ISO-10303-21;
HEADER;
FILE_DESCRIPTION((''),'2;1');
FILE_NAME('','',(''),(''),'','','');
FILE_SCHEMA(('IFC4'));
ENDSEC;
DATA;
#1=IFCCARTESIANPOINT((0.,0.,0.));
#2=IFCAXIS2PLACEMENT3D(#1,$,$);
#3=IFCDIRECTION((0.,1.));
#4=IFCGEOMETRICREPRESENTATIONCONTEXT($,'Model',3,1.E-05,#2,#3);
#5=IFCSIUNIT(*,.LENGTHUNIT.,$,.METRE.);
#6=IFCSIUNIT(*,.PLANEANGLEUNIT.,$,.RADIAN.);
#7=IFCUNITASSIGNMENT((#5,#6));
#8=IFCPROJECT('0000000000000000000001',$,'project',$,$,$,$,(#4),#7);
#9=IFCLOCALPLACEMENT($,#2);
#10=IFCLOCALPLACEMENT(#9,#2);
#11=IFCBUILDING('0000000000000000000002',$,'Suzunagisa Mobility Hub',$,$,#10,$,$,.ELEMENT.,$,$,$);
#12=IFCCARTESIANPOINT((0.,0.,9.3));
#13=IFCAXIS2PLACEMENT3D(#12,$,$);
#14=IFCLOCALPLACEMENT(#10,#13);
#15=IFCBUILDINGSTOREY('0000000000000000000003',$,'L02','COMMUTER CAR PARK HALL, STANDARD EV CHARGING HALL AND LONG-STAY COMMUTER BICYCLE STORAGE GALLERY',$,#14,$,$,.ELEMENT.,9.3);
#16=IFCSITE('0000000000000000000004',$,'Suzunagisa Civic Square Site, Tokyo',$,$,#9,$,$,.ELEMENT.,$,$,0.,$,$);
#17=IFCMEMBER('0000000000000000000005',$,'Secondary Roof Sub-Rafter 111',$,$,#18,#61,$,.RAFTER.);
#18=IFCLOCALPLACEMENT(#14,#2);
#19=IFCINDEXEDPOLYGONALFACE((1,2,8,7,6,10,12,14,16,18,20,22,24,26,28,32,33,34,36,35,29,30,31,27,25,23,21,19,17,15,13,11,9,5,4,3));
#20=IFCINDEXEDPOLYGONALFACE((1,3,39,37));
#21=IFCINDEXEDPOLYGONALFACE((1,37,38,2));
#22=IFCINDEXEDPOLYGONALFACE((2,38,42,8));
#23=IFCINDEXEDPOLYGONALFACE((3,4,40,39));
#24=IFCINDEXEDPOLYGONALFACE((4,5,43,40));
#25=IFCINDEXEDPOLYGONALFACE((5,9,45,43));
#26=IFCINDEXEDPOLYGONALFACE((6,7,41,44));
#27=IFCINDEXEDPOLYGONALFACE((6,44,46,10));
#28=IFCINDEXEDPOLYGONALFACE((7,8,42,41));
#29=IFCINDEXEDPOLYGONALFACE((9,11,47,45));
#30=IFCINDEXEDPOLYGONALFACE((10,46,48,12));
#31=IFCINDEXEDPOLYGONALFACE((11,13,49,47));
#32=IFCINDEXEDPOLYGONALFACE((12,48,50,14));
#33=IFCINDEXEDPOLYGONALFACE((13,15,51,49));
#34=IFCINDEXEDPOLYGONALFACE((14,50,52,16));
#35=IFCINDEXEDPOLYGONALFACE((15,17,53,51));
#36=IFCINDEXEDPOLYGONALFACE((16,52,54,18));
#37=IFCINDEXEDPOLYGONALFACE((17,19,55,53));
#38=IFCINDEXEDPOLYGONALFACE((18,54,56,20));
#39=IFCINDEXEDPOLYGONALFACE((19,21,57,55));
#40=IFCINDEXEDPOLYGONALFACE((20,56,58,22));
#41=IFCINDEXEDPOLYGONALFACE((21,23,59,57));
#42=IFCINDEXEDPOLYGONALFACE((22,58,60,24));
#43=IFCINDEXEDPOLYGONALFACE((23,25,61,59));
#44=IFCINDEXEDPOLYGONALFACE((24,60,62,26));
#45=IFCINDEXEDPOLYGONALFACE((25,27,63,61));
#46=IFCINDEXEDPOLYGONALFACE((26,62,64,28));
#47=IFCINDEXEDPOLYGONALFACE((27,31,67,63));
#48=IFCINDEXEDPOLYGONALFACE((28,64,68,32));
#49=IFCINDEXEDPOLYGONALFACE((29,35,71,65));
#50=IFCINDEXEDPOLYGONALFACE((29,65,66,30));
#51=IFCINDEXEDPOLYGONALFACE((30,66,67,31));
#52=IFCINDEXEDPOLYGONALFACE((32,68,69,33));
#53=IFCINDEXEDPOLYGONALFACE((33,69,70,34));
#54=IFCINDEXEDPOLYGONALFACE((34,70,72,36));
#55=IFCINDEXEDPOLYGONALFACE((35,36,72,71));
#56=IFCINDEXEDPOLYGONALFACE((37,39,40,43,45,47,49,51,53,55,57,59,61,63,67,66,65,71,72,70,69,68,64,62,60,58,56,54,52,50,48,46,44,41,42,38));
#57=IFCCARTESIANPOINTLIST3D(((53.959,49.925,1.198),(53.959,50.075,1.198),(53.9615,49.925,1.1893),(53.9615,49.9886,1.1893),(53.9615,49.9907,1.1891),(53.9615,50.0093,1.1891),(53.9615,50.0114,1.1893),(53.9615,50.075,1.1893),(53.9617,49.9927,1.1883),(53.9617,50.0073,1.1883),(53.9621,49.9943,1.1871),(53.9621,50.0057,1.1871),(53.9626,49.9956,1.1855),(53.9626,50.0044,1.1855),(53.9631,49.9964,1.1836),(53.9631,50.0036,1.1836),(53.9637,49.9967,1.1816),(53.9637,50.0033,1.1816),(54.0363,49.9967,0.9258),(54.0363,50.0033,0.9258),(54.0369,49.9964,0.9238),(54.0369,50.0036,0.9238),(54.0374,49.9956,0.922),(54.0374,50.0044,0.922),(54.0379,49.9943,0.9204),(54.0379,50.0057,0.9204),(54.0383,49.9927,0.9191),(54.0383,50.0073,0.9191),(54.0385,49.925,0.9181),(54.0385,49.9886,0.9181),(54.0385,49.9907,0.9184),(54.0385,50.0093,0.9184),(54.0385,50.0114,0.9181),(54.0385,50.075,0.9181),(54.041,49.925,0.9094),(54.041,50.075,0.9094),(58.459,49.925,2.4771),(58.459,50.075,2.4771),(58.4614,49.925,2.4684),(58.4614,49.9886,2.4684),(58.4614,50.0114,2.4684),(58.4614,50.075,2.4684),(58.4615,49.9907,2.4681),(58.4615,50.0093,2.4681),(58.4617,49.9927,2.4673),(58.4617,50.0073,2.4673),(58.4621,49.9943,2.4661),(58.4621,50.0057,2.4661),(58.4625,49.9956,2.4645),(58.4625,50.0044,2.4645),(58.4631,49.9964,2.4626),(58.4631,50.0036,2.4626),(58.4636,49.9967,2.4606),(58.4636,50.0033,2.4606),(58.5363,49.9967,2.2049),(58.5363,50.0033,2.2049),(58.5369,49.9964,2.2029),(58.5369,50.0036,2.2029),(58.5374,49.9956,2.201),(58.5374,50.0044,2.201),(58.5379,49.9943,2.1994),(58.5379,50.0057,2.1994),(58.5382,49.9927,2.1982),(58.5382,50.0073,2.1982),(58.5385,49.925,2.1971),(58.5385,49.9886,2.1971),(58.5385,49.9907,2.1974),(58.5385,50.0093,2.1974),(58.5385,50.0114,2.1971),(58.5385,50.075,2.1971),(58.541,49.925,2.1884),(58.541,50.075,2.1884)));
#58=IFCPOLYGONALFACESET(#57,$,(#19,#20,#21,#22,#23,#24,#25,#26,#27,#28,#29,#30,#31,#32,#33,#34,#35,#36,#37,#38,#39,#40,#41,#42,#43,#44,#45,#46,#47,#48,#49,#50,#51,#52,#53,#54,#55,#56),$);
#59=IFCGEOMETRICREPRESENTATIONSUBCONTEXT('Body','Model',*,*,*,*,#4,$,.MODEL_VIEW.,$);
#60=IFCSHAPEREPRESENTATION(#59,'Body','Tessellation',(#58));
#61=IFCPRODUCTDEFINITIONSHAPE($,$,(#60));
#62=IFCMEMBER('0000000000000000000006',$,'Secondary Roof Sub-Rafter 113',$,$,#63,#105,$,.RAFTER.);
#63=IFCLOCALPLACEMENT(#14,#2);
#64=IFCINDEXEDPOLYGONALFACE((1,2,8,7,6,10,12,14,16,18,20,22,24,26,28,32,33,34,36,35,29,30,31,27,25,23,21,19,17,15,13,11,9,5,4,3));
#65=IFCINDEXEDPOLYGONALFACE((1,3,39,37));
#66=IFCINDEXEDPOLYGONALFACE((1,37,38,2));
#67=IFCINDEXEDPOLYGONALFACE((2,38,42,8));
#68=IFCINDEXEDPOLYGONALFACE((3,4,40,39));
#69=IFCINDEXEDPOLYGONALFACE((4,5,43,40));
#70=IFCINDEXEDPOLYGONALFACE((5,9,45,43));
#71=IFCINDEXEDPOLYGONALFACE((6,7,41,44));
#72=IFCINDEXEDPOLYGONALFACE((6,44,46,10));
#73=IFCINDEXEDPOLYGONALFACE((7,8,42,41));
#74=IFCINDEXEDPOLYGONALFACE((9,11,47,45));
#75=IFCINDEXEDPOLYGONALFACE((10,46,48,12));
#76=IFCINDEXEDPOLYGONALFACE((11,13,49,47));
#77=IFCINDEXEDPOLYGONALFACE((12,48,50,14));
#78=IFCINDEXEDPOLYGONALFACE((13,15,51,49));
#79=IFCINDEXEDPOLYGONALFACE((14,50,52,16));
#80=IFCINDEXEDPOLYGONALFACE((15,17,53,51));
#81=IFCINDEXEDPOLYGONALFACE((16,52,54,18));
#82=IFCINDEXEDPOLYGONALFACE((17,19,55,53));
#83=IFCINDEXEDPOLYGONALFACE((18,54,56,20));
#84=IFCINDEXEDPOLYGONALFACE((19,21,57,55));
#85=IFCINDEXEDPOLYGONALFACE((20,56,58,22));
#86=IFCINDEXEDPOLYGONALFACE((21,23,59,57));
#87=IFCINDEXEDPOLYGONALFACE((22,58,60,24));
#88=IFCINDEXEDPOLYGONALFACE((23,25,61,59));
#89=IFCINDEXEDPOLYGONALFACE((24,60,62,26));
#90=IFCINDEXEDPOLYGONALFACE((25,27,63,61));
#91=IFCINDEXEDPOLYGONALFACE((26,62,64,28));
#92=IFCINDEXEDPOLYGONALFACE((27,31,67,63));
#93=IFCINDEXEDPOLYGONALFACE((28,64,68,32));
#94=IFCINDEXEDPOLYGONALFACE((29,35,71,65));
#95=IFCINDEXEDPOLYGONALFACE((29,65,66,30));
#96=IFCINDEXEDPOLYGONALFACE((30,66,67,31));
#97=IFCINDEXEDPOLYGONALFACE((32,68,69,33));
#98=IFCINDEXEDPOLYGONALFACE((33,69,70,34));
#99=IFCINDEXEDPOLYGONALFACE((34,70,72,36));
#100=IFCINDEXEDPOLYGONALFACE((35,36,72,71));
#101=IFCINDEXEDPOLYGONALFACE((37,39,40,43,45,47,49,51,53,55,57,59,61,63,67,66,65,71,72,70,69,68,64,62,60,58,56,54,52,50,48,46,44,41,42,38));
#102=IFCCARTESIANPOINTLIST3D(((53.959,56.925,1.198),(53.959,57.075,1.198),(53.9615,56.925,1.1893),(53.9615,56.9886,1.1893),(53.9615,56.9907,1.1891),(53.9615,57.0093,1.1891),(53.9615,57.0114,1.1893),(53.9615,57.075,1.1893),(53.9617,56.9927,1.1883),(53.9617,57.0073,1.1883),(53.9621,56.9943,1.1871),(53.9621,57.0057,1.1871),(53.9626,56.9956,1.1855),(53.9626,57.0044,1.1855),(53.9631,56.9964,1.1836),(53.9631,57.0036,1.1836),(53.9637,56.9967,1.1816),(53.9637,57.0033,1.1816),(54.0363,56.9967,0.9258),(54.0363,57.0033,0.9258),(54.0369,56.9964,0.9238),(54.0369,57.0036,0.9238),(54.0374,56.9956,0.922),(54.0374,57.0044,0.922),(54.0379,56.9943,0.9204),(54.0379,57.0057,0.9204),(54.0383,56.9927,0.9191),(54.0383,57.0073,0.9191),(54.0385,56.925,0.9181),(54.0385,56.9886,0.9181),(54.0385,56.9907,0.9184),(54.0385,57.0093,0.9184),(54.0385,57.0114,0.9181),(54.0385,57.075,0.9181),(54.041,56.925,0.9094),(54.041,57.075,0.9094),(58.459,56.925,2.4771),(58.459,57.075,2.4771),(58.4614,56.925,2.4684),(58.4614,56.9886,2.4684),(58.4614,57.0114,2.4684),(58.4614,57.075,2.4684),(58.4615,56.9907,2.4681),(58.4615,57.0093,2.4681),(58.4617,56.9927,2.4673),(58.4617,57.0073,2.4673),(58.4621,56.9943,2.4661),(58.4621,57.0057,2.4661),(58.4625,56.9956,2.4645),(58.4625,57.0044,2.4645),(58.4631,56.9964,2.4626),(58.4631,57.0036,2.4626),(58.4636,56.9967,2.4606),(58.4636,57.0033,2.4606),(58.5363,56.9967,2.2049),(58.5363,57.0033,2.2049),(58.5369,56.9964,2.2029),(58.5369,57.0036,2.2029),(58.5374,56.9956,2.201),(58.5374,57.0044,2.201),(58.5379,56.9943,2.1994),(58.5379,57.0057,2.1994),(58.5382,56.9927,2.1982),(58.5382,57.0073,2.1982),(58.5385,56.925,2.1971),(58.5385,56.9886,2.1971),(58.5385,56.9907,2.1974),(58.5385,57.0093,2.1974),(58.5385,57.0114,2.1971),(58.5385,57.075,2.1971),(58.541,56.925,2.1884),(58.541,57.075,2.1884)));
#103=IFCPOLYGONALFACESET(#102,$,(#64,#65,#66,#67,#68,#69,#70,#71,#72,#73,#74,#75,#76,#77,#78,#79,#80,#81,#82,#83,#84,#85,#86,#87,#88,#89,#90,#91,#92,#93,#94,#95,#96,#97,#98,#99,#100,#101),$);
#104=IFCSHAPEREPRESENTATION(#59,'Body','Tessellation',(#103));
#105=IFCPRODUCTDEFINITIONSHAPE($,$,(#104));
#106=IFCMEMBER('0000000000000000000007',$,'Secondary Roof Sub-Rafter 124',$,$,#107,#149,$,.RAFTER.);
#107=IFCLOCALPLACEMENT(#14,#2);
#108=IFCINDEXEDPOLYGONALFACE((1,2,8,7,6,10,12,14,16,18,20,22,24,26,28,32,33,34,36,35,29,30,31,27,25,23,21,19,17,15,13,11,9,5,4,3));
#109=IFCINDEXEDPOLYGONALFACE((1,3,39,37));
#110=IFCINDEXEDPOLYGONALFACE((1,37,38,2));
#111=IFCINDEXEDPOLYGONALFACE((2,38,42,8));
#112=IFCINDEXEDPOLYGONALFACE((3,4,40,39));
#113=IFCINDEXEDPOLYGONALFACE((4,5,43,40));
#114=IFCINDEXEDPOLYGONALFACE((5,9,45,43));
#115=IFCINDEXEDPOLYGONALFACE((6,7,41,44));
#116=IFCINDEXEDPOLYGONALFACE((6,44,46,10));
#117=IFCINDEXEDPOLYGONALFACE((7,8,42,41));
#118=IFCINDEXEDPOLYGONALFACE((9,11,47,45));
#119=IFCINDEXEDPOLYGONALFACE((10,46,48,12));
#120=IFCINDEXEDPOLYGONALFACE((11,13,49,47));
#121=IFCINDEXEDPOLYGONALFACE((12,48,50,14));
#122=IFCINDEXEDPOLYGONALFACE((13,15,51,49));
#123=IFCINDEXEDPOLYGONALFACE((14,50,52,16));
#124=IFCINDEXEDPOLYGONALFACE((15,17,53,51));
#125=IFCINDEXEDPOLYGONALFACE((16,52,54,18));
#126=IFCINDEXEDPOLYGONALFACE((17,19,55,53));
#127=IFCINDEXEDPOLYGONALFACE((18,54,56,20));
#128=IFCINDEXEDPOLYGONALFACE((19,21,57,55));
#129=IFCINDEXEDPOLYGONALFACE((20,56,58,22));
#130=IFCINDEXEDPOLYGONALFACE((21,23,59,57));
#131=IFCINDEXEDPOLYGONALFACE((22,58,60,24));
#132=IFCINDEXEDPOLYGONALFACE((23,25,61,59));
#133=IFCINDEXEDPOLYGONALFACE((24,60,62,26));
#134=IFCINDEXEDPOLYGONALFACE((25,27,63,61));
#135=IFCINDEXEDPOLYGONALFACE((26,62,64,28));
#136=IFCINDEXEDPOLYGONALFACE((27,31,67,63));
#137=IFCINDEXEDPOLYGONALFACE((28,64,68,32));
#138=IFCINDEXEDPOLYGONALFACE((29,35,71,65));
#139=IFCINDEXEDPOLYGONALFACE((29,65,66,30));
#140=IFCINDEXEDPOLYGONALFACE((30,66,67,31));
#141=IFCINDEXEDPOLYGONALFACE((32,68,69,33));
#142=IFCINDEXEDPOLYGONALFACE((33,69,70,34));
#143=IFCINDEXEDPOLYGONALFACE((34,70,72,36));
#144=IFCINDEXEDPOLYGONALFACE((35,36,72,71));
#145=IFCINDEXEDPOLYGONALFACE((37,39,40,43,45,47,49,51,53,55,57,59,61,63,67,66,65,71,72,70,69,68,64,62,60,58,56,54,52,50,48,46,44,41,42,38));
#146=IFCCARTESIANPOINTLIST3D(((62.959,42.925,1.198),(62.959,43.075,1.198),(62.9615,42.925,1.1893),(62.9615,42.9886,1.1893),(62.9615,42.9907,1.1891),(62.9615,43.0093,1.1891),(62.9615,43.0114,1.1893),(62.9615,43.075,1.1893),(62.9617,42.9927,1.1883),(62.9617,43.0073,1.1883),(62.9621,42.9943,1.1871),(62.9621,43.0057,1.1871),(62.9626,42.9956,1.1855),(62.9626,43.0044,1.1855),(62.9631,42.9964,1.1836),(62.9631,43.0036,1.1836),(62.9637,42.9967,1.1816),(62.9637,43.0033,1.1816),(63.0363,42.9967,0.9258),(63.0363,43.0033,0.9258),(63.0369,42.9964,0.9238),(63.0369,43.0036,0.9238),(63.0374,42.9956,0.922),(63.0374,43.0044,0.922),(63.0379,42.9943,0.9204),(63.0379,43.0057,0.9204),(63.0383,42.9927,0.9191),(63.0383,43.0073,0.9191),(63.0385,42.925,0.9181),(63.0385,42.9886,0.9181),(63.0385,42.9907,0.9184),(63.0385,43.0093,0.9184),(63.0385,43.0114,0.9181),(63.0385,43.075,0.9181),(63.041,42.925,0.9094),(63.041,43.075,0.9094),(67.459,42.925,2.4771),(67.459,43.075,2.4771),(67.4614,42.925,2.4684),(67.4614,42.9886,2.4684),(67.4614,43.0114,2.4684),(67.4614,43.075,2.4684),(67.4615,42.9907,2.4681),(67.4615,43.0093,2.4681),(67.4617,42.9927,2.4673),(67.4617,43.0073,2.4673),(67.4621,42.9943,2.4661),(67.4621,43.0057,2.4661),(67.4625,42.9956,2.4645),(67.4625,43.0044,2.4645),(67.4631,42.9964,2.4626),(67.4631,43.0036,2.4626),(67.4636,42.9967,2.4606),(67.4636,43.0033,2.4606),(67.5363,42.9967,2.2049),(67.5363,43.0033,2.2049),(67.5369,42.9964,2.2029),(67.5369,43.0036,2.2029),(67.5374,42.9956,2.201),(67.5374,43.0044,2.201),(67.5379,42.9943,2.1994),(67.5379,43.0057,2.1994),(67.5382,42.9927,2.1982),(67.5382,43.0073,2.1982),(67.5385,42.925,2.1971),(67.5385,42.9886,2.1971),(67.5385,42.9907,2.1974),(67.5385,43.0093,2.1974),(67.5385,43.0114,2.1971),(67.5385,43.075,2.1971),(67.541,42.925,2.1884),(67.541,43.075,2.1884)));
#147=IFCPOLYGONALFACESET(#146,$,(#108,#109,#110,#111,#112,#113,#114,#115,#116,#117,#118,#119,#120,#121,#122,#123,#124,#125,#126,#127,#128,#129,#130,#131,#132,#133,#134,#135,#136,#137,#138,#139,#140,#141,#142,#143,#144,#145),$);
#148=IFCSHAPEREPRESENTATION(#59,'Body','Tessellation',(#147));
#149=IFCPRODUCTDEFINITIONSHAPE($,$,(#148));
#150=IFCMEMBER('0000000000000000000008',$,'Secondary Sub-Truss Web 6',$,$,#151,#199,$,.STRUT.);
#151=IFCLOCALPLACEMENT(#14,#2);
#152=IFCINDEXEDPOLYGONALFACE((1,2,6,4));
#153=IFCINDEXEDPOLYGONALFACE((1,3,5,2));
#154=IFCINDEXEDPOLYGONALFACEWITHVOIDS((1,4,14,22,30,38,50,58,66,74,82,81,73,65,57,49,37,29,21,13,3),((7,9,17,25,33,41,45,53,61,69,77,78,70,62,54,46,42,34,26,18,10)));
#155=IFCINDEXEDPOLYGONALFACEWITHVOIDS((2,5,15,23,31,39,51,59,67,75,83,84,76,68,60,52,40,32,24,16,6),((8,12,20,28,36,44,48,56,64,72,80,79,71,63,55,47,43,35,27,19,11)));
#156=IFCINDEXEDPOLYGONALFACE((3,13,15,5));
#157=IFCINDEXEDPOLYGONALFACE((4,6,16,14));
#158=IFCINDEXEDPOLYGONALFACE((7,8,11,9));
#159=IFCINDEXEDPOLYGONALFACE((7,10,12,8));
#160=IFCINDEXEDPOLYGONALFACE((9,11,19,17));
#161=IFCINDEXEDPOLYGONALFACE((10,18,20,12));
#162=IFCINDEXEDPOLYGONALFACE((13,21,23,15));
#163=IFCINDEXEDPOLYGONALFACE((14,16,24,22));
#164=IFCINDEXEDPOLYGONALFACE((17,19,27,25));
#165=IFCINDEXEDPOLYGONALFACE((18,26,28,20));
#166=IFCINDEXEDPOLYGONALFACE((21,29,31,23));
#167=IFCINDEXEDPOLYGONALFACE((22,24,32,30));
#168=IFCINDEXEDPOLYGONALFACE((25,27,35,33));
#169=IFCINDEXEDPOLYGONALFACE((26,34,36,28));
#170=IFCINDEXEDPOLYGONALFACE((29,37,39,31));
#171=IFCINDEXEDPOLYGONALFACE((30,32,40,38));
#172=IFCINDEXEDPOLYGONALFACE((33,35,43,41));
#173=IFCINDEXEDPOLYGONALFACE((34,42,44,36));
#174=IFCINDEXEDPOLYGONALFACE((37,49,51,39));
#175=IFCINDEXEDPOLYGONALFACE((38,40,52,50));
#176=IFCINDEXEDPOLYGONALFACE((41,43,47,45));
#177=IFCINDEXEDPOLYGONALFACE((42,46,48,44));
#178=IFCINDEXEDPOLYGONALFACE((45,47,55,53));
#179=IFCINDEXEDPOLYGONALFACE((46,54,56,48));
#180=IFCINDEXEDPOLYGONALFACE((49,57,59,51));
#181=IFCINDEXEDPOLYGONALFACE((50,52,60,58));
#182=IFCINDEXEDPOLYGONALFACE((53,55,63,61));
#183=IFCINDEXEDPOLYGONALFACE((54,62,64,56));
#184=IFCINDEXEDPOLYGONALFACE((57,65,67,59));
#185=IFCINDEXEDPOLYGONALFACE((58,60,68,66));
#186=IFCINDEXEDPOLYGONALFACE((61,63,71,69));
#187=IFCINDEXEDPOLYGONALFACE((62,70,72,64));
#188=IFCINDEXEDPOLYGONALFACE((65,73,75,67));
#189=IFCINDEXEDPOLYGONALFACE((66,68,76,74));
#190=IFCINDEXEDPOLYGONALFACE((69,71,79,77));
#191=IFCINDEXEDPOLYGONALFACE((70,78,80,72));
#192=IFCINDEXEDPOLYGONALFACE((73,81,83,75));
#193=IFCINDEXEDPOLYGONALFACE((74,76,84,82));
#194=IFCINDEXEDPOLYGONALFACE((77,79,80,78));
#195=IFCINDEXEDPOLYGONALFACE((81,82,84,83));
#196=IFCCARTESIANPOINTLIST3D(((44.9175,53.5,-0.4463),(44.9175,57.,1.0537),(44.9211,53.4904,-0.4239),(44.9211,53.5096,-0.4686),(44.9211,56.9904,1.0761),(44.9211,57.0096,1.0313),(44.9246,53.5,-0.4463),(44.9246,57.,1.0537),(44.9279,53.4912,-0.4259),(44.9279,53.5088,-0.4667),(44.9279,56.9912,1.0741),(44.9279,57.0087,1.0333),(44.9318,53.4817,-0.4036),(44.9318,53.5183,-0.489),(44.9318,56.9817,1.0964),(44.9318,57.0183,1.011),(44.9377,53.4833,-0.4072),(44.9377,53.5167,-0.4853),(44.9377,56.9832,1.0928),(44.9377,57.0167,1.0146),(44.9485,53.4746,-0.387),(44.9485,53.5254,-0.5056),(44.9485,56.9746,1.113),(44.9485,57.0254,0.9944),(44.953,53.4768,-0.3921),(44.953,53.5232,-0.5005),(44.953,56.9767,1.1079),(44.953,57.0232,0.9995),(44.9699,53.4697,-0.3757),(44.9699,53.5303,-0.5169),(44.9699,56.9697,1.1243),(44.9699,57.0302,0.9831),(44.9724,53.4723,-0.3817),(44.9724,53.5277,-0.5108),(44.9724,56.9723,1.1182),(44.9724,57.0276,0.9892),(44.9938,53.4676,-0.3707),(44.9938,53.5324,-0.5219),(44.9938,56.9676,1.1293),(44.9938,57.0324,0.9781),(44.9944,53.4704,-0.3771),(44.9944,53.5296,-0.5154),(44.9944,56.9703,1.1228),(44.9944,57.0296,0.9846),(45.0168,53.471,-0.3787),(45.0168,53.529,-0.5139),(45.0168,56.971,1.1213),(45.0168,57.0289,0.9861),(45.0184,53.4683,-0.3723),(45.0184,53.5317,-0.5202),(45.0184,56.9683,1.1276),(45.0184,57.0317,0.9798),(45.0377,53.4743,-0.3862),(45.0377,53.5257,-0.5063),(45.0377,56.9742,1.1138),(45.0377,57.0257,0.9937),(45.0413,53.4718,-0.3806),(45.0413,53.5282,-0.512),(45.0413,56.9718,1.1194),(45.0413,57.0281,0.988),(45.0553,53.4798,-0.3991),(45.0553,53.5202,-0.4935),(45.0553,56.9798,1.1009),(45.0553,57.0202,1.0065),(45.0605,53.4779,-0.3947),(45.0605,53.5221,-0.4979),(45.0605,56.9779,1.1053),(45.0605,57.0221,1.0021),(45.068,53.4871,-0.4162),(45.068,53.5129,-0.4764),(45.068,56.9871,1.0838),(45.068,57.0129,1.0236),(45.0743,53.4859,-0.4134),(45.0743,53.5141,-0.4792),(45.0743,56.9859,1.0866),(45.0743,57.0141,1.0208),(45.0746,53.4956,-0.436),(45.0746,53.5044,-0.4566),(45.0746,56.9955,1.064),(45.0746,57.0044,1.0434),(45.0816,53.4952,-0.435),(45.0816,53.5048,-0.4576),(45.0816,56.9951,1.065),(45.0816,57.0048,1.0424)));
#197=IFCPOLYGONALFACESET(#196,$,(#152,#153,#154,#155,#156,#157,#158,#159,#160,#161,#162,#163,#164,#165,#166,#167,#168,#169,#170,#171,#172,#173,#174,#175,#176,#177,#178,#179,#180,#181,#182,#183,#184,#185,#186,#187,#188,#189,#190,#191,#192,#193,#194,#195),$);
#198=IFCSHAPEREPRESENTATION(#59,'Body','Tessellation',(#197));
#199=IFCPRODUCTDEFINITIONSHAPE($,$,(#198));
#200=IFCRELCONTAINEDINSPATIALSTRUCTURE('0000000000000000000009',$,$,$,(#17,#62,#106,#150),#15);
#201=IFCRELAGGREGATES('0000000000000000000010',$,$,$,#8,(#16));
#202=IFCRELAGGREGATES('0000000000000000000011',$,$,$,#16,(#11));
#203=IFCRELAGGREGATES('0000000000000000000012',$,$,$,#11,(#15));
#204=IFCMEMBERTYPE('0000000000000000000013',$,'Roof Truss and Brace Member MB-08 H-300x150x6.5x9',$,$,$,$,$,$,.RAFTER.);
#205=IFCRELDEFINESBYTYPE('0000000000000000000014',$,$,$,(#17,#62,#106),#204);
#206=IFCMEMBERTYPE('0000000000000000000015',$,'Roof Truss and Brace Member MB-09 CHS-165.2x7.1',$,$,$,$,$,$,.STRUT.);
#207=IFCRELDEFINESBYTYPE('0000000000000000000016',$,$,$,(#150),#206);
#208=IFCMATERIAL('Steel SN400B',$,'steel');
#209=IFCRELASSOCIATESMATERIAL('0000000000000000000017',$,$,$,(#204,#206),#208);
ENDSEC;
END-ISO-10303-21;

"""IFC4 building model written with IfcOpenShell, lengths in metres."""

from ifc_helpers import new_model, si_unit, direction, frame, origin, origin_2d, place, context, subcontext, project, spatial, hollow_circle, i_section, extrude, material, material_profile, profile_set, type_object, element, save


model = new_model("IFC4")

# Units and contexts
model_context = context("Model", 3, precision=1e-05, world=origin(), true_north=direction((0.0, 1.0)))
body_context = subcontext(model_context, "Body", "Model", "MODEL_VIEW")
ifc_project = project(units=[si_unit("LENGTHUNIT", "METRE"), si_unit("PLANEANGLEUNIT", "RADIAN")], contexts=[model_context])

# Site, building, storey
site_placement = place(None, origin())
site = spatial("IfcSite", under=ifc_project, at=site_placement, Name="Suzunagisa Civic Square Site, Tokyo", CompositionType="ELEMENT", RefElevation=0.0)
building_placement = place(site_placement, origin())
building = spatial("IfcBuilding", under=site, at=building_placement, Name="Suzunagisa Mobility Hub", CompositionType="ELEMENT")
storey_placement = place(building_placement, frame((0.0, 0.0, 9.3)))
storey = spatial("IfcBuildingStorey", under=building, at=storey_placement, Name="L02", Description="COMMUTER CAR PARK HALL, STANDARD EV CHARGING HALL AND LONG-STAY COMMUTER BICYCLE STORAGE GALLERY", CompositionType="ELEMENT", Elevation=9.3)

# Members
ifc_material_1 = material(Name="Steel SN400B", Category="steel")
ifc_material_profile_1 = material_profile(ifc_material_1, i_section(OverallWidth=0.1499, OverallDepth=0.3, WebThickness=0.0066, FlangeThickness=0.009, FilletRadius=0.0081, at=origin_2d()), Name="H-300x150x6.5x9")
ifc_profile_set_1 = profile_set([ifc_material_profile_1], Name="Steel SN400B")
member_type_1 = type_object("IfcMemberType", Name="Roof Truss and Brace Member MB-08 H-300x150x6.5x9", PredefinedType="RAFTER", material=ifc_profile_set_1)
for number, where, z_axis, x_axis, name in (
    (1, (54.0, 50.0, 1.0537), (0.961899, 0.0, 0.273404), (0.0, 1.0, 0.0), "Secondary Roof Sub-Rafter 111"),
    (2, (54.0, 57.0, 1.0537), (0.961899, 0.0, 0.273404), (0.0, 1.0, 0.0), "Secondary Roof Sub-Rafter 113"),
    (3, (63.0, 43.0, 1.0537), (0.961899, 0.0, 0.273404), (0.0, 1.0, 0.0), "Secondary Roof Sub-Rafter 124"),
):
    element("IfcMember", number, at=place(storey_placement, frame(where, z_axis=z_axis, x_axis=x_axis)), inside=storey, type_object=member_type_1, Name=name, PredefinedType="RAFTER", context=body_context, shape_type="SweptSolid", body=[
        extrude(i_section(OverallWidth=0.1499, OverallDepth=0.3, WebThickness=0.0066, FlangeThickness=0.009, FilletRadius=0.0081, at=origin_2d()), origin(), (0.0, 0.0, 1.0), 4.6782),
    ])
ifc_material_profile_2 = material_profile(ifc_material_1, hollow_circle(Radius=0.0825, WallThickness=0.0071, at=origin_2d()), Name="CHS-165.2x7.1")
ifc_profile_set_2 = profile_set([ifc_material_profile_2], Name="Steel SN400B")
member_type_2 = type_object("IfcMemberType", Name="Roof Truss and Brace Member MB-09 CHS-165.2x7.1", PredefinedType="STRUT", material=ifc_profile_set_2)
for number, where, z_axis, x_axis, name in (
    (4, (45.0, 53.5, -0.4463), (0.0, 0.919145, 0.393919), (-1.0, 0.0, 0.0), "Secondary Sub-Truss Web 6"),
):
    element("IfcMember", number, at=place(storey_placement, frame(where, z_axis=z_axis, x_axis=x_axis)), inside=storey, type_object=member_type_2, Name=name, PredefinedType="STRUT", context=body_context, shape_type="SweptSolid", body=[
        extrude(hollow_circle(Radius=0.0825, WallThickness=0.0071, at=origin_2d()), origin(), (0.0, 0.0, 1.0), 3.8079),
    ])

save(model, "model.ifc")
